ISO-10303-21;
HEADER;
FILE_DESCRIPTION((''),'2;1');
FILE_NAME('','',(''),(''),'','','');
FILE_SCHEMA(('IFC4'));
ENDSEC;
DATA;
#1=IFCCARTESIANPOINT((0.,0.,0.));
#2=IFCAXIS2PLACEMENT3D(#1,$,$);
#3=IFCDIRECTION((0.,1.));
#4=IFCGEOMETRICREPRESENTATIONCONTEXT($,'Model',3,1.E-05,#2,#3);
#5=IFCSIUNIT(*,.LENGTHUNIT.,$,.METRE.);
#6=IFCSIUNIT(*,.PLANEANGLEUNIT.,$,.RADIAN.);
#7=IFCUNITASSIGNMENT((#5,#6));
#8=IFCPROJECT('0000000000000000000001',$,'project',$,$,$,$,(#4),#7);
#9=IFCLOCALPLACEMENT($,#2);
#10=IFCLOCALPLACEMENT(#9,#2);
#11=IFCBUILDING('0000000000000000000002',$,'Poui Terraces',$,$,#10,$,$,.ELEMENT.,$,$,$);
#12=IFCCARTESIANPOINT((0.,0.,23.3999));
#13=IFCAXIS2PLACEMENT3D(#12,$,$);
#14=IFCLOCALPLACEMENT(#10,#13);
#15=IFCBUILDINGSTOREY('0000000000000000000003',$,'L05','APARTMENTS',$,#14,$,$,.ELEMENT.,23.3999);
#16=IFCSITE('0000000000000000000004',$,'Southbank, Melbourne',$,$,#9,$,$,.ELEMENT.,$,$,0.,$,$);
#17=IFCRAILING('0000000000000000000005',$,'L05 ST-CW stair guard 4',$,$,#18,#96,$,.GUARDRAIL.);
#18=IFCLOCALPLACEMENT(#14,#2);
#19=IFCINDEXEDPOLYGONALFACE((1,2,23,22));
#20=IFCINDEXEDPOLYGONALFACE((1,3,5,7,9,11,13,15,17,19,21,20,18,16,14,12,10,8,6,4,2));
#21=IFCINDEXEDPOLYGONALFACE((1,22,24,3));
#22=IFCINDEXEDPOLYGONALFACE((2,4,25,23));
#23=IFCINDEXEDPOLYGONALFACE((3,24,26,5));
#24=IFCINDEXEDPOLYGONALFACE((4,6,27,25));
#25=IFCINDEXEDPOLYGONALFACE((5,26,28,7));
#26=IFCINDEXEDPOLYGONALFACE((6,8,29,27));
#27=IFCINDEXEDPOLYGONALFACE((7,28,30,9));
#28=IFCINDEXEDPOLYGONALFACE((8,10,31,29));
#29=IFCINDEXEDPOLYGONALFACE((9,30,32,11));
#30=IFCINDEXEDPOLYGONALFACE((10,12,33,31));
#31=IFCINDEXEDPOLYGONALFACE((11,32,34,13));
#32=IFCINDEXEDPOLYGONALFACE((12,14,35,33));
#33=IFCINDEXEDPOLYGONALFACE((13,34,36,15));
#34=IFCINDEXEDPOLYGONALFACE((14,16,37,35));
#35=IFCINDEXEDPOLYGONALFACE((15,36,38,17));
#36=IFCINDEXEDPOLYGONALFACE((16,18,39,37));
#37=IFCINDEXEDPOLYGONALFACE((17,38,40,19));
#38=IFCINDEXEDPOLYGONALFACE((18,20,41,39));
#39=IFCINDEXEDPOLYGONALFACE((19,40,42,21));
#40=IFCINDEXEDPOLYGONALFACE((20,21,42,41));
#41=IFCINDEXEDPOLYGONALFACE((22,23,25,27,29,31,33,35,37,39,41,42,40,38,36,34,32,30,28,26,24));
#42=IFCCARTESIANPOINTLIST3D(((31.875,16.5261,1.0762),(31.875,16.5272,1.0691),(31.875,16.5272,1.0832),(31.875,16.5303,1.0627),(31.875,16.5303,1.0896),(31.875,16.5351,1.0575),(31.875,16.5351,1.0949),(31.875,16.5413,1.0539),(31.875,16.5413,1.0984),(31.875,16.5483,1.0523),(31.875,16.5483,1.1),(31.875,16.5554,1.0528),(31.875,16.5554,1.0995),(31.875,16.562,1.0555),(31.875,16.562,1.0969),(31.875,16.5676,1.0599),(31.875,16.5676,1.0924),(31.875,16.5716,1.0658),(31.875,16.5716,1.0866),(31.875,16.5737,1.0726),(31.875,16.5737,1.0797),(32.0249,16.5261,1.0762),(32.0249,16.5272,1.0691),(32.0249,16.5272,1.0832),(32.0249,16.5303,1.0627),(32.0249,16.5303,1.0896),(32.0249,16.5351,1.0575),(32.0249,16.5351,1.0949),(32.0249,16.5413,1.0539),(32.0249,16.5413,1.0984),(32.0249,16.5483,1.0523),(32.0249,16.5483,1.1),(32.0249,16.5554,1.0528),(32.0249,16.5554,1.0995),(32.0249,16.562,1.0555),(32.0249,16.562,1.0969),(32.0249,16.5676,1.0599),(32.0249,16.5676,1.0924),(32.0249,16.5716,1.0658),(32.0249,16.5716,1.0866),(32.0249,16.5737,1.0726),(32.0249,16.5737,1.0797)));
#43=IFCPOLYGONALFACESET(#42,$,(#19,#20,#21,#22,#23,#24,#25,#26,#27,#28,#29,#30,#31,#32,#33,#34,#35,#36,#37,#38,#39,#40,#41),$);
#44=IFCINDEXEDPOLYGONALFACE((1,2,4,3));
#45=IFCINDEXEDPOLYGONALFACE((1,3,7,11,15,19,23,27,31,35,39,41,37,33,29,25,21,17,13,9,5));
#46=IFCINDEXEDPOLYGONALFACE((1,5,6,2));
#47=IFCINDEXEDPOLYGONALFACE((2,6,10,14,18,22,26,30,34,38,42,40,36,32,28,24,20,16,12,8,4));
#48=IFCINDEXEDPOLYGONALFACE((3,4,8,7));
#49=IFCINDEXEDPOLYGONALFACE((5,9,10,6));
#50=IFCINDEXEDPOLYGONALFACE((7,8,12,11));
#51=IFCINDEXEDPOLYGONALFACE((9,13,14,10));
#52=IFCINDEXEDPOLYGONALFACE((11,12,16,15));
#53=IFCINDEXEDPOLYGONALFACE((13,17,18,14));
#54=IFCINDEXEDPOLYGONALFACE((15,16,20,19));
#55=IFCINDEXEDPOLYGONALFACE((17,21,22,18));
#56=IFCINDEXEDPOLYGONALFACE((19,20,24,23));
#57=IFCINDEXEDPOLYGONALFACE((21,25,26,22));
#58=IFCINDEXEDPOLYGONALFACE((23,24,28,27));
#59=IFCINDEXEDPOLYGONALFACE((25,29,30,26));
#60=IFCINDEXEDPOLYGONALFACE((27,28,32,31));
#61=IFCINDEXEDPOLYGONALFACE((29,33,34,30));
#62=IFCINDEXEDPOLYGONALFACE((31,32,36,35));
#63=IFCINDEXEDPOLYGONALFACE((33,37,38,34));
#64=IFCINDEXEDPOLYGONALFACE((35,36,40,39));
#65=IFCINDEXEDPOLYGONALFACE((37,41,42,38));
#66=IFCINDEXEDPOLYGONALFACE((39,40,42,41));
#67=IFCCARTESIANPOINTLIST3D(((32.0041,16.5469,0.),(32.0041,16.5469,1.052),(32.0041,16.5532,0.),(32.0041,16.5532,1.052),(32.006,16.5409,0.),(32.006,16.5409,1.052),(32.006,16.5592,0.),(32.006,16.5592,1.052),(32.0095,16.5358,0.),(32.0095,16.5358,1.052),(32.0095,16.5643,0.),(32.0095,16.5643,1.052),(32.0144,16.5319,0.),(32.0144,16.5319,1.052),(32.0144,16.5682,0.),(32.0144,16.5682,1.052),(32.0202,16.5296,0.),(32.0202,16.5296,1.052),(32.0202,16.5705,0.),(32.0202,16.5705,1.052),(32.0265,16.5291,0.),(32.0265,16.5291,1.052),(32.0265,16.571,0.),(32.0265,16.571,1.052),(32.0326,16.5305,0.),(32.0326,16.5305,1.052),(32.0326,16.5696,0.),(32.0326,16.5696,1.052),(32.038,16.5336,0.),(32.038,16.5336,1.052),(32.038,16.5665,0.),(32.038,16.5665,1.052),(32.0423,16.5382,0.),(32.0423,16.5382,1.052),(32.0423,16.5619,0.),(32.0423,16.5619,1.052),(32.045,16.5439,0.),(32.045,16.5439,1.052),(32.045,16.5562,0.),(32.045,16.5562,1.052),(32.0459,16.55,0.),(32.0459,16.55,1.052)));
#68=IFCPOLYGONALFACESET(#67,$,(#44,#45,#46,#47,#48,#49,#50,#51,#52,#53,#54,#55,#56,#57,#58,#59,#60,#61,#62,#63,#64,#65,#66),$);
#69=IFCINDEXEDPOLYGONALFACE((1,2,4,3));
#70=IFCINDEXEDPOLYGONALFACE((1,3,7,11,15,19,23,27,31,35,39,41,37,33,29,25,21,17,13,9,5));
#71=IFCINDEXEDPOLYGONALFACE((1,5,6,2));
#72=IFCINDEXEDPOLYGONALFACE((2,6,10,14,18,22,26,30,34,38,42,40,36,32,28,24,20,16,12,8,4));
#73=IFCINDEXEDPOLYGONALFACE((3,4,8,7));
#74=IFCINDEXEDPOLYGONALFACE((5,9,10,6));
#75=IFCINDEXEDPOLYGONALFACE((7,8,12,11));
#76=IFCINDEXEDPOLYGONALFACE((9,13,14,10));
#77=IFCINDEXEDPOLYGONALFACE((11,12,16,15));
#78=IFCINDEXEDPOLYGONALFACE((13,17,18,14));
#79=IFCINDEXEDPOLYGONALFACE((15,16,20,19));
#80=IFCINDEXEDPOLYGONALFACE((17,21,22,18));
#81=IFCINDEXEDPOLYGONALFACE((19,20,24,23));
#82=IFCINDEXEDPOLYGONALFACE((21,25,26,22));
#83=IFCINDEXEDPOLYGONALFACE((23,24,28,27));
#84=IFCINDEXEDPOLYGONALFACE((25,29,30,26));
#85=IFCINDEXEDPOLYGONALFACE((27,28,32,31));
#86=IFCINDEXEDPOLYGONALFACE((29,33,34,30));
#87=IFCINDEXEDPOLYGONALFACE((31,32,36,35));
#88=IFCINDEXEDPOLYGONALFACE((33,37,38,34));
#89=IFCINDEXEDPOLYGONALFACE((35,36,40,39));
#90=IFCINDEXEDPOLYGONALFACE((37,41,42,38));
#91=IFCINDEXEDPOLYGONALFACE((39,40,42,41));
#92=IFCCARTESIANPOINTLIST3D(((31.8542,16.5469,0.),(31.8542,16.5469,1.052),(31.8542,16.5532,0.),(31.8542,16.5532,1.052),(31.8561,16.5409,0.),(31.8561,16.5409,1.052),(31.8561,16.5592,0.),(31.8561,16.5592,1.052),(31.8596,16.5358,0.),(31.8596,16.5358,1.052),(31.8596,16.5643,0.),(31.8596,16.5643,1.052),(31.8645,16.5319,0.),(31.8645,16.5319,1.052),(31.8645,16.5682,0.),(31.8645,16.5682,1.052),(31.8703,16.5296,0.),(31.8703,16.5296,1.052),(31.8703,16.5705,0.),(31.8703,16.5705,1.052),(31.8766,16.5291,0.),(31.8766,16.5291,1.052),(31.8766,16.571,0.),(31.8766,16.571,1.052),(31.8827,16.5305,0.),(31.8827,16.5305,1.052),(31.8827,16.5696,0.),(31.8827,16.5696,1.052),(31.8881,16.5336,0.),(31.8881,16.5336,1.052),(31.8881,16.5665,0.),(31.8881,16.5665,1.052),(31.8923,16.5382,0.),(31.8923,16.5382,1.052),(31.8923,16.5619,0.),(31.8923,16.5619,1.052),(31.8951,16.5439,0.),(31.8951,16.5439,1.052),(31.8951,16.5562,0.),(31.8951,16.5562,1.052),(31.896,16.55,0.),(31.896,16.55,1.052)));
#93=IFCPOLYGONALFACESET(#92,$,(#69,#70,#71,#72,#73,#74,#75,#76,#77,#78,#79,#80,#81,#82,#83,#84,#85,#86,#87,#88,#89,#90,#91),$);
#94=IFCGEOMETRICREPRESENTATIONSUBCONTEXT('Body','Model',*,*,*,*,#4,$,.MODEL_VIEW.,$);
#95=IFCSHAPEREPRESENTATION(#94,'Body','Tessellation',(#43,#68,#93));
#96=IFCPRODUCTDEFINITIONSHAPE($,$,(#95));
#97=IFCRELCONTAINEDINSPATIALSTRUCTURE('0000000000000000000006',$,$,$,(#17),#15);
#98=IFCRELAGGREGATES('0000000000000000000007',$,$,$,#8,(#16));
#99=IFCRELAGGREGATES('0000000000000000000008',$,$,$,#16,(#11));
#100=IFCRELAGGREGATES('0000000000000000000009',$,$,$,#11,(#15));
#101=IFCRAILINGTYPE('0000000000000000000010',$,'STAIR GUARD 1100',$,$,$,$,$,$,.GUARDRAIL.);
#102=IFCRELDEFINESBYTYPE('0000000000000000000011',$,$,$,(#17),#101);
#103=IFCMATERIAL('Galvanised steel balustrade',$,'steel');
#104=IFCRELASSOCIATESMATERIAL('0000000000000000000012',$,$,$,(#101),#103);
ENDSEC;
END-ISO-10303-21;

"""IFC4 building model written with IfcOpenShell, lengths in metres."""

from ifc_helpers import new_model, si_unit, direction, frame, origin, origin_2d, place, context, subcontext, project, spatial, circle, extrude, material, type_object, element, save


model = new_model("IFC4")

# Units and contexts
model_context = context("Model", 3, precision=1e-05, world=origin(), true_north=direction((0.0, 1.0)))
body_context = subcontext(model_context, "Body", "Model", "MODEL_VIEW")
ifc_project = project(units=[si_unit("LENGTHUNIT", "METRE"), si_unit("PLANEANGLEUNIT", "RADIAN")], contexts=[model_context])

# Site, building, storey
site_placement = place(None, origin())
site = spatial("IfcSite", under=ifc_project, at=site_placement, Name="Southbank, Melbourne", CompositionType="ELEMENT", RefElevation=0.0)
building_placement = place(site_placement, origin())
building = spatial("IfcBuilding", under=site, at=building_placement, Name="Poui Terraces", CompositionType="ELEMENT")
storey_placement = place(building_placement, frame((0.0, 0.0, 23.3999)))
storey = spatial("IfcBuildingStorey", under=building, at=storey_placement, Name="L05", Description="APARTMENTS", CompositionType="ELEMENT", Elevation=23.3999)

# Railing
ifc_material_1 = material(Name="Galvanised steel balustrade", Category="steel")
railing_type_1 = type_object("IfcRailingType", Name="STAIR GUARD 1100", PredefinedType="GUARDRAIL", material=ifc_material_1)
railing_1_placement = place(storey_placement, frame((32.0249, 16.55, 0.0)))
element("IfcRailing", 1, at=railing_1_placement, inside=storey, type_object=railing_type_1, Name="L05 ST-CW stair guard 4", PredefinedType="GUARDRAIL", context=body_context, shape_type="SweptSolid", body=[
    extrude(circle(Radius=0.0239, at=origin_2d()), frame((0.0, 0.0, 1.0762), z_axis=(-1.0, 0.0, 0.0), x_axis=(0.0, -1.0, 0.0)), (0.0, 0.0, 1.0), 0.1499),
    extrude(circle(Radius=0.021, at=origin_2d()), origin(), (0.0, 0.0, 1.0), 1.052),
    extrude(circle(Radius=0.021, at=origin_2d()), frame((-0.1499, 0.0, 0.0)), (0.0, 0.0, 1.0), 1.052),
])

save(model, "model.ifc")
